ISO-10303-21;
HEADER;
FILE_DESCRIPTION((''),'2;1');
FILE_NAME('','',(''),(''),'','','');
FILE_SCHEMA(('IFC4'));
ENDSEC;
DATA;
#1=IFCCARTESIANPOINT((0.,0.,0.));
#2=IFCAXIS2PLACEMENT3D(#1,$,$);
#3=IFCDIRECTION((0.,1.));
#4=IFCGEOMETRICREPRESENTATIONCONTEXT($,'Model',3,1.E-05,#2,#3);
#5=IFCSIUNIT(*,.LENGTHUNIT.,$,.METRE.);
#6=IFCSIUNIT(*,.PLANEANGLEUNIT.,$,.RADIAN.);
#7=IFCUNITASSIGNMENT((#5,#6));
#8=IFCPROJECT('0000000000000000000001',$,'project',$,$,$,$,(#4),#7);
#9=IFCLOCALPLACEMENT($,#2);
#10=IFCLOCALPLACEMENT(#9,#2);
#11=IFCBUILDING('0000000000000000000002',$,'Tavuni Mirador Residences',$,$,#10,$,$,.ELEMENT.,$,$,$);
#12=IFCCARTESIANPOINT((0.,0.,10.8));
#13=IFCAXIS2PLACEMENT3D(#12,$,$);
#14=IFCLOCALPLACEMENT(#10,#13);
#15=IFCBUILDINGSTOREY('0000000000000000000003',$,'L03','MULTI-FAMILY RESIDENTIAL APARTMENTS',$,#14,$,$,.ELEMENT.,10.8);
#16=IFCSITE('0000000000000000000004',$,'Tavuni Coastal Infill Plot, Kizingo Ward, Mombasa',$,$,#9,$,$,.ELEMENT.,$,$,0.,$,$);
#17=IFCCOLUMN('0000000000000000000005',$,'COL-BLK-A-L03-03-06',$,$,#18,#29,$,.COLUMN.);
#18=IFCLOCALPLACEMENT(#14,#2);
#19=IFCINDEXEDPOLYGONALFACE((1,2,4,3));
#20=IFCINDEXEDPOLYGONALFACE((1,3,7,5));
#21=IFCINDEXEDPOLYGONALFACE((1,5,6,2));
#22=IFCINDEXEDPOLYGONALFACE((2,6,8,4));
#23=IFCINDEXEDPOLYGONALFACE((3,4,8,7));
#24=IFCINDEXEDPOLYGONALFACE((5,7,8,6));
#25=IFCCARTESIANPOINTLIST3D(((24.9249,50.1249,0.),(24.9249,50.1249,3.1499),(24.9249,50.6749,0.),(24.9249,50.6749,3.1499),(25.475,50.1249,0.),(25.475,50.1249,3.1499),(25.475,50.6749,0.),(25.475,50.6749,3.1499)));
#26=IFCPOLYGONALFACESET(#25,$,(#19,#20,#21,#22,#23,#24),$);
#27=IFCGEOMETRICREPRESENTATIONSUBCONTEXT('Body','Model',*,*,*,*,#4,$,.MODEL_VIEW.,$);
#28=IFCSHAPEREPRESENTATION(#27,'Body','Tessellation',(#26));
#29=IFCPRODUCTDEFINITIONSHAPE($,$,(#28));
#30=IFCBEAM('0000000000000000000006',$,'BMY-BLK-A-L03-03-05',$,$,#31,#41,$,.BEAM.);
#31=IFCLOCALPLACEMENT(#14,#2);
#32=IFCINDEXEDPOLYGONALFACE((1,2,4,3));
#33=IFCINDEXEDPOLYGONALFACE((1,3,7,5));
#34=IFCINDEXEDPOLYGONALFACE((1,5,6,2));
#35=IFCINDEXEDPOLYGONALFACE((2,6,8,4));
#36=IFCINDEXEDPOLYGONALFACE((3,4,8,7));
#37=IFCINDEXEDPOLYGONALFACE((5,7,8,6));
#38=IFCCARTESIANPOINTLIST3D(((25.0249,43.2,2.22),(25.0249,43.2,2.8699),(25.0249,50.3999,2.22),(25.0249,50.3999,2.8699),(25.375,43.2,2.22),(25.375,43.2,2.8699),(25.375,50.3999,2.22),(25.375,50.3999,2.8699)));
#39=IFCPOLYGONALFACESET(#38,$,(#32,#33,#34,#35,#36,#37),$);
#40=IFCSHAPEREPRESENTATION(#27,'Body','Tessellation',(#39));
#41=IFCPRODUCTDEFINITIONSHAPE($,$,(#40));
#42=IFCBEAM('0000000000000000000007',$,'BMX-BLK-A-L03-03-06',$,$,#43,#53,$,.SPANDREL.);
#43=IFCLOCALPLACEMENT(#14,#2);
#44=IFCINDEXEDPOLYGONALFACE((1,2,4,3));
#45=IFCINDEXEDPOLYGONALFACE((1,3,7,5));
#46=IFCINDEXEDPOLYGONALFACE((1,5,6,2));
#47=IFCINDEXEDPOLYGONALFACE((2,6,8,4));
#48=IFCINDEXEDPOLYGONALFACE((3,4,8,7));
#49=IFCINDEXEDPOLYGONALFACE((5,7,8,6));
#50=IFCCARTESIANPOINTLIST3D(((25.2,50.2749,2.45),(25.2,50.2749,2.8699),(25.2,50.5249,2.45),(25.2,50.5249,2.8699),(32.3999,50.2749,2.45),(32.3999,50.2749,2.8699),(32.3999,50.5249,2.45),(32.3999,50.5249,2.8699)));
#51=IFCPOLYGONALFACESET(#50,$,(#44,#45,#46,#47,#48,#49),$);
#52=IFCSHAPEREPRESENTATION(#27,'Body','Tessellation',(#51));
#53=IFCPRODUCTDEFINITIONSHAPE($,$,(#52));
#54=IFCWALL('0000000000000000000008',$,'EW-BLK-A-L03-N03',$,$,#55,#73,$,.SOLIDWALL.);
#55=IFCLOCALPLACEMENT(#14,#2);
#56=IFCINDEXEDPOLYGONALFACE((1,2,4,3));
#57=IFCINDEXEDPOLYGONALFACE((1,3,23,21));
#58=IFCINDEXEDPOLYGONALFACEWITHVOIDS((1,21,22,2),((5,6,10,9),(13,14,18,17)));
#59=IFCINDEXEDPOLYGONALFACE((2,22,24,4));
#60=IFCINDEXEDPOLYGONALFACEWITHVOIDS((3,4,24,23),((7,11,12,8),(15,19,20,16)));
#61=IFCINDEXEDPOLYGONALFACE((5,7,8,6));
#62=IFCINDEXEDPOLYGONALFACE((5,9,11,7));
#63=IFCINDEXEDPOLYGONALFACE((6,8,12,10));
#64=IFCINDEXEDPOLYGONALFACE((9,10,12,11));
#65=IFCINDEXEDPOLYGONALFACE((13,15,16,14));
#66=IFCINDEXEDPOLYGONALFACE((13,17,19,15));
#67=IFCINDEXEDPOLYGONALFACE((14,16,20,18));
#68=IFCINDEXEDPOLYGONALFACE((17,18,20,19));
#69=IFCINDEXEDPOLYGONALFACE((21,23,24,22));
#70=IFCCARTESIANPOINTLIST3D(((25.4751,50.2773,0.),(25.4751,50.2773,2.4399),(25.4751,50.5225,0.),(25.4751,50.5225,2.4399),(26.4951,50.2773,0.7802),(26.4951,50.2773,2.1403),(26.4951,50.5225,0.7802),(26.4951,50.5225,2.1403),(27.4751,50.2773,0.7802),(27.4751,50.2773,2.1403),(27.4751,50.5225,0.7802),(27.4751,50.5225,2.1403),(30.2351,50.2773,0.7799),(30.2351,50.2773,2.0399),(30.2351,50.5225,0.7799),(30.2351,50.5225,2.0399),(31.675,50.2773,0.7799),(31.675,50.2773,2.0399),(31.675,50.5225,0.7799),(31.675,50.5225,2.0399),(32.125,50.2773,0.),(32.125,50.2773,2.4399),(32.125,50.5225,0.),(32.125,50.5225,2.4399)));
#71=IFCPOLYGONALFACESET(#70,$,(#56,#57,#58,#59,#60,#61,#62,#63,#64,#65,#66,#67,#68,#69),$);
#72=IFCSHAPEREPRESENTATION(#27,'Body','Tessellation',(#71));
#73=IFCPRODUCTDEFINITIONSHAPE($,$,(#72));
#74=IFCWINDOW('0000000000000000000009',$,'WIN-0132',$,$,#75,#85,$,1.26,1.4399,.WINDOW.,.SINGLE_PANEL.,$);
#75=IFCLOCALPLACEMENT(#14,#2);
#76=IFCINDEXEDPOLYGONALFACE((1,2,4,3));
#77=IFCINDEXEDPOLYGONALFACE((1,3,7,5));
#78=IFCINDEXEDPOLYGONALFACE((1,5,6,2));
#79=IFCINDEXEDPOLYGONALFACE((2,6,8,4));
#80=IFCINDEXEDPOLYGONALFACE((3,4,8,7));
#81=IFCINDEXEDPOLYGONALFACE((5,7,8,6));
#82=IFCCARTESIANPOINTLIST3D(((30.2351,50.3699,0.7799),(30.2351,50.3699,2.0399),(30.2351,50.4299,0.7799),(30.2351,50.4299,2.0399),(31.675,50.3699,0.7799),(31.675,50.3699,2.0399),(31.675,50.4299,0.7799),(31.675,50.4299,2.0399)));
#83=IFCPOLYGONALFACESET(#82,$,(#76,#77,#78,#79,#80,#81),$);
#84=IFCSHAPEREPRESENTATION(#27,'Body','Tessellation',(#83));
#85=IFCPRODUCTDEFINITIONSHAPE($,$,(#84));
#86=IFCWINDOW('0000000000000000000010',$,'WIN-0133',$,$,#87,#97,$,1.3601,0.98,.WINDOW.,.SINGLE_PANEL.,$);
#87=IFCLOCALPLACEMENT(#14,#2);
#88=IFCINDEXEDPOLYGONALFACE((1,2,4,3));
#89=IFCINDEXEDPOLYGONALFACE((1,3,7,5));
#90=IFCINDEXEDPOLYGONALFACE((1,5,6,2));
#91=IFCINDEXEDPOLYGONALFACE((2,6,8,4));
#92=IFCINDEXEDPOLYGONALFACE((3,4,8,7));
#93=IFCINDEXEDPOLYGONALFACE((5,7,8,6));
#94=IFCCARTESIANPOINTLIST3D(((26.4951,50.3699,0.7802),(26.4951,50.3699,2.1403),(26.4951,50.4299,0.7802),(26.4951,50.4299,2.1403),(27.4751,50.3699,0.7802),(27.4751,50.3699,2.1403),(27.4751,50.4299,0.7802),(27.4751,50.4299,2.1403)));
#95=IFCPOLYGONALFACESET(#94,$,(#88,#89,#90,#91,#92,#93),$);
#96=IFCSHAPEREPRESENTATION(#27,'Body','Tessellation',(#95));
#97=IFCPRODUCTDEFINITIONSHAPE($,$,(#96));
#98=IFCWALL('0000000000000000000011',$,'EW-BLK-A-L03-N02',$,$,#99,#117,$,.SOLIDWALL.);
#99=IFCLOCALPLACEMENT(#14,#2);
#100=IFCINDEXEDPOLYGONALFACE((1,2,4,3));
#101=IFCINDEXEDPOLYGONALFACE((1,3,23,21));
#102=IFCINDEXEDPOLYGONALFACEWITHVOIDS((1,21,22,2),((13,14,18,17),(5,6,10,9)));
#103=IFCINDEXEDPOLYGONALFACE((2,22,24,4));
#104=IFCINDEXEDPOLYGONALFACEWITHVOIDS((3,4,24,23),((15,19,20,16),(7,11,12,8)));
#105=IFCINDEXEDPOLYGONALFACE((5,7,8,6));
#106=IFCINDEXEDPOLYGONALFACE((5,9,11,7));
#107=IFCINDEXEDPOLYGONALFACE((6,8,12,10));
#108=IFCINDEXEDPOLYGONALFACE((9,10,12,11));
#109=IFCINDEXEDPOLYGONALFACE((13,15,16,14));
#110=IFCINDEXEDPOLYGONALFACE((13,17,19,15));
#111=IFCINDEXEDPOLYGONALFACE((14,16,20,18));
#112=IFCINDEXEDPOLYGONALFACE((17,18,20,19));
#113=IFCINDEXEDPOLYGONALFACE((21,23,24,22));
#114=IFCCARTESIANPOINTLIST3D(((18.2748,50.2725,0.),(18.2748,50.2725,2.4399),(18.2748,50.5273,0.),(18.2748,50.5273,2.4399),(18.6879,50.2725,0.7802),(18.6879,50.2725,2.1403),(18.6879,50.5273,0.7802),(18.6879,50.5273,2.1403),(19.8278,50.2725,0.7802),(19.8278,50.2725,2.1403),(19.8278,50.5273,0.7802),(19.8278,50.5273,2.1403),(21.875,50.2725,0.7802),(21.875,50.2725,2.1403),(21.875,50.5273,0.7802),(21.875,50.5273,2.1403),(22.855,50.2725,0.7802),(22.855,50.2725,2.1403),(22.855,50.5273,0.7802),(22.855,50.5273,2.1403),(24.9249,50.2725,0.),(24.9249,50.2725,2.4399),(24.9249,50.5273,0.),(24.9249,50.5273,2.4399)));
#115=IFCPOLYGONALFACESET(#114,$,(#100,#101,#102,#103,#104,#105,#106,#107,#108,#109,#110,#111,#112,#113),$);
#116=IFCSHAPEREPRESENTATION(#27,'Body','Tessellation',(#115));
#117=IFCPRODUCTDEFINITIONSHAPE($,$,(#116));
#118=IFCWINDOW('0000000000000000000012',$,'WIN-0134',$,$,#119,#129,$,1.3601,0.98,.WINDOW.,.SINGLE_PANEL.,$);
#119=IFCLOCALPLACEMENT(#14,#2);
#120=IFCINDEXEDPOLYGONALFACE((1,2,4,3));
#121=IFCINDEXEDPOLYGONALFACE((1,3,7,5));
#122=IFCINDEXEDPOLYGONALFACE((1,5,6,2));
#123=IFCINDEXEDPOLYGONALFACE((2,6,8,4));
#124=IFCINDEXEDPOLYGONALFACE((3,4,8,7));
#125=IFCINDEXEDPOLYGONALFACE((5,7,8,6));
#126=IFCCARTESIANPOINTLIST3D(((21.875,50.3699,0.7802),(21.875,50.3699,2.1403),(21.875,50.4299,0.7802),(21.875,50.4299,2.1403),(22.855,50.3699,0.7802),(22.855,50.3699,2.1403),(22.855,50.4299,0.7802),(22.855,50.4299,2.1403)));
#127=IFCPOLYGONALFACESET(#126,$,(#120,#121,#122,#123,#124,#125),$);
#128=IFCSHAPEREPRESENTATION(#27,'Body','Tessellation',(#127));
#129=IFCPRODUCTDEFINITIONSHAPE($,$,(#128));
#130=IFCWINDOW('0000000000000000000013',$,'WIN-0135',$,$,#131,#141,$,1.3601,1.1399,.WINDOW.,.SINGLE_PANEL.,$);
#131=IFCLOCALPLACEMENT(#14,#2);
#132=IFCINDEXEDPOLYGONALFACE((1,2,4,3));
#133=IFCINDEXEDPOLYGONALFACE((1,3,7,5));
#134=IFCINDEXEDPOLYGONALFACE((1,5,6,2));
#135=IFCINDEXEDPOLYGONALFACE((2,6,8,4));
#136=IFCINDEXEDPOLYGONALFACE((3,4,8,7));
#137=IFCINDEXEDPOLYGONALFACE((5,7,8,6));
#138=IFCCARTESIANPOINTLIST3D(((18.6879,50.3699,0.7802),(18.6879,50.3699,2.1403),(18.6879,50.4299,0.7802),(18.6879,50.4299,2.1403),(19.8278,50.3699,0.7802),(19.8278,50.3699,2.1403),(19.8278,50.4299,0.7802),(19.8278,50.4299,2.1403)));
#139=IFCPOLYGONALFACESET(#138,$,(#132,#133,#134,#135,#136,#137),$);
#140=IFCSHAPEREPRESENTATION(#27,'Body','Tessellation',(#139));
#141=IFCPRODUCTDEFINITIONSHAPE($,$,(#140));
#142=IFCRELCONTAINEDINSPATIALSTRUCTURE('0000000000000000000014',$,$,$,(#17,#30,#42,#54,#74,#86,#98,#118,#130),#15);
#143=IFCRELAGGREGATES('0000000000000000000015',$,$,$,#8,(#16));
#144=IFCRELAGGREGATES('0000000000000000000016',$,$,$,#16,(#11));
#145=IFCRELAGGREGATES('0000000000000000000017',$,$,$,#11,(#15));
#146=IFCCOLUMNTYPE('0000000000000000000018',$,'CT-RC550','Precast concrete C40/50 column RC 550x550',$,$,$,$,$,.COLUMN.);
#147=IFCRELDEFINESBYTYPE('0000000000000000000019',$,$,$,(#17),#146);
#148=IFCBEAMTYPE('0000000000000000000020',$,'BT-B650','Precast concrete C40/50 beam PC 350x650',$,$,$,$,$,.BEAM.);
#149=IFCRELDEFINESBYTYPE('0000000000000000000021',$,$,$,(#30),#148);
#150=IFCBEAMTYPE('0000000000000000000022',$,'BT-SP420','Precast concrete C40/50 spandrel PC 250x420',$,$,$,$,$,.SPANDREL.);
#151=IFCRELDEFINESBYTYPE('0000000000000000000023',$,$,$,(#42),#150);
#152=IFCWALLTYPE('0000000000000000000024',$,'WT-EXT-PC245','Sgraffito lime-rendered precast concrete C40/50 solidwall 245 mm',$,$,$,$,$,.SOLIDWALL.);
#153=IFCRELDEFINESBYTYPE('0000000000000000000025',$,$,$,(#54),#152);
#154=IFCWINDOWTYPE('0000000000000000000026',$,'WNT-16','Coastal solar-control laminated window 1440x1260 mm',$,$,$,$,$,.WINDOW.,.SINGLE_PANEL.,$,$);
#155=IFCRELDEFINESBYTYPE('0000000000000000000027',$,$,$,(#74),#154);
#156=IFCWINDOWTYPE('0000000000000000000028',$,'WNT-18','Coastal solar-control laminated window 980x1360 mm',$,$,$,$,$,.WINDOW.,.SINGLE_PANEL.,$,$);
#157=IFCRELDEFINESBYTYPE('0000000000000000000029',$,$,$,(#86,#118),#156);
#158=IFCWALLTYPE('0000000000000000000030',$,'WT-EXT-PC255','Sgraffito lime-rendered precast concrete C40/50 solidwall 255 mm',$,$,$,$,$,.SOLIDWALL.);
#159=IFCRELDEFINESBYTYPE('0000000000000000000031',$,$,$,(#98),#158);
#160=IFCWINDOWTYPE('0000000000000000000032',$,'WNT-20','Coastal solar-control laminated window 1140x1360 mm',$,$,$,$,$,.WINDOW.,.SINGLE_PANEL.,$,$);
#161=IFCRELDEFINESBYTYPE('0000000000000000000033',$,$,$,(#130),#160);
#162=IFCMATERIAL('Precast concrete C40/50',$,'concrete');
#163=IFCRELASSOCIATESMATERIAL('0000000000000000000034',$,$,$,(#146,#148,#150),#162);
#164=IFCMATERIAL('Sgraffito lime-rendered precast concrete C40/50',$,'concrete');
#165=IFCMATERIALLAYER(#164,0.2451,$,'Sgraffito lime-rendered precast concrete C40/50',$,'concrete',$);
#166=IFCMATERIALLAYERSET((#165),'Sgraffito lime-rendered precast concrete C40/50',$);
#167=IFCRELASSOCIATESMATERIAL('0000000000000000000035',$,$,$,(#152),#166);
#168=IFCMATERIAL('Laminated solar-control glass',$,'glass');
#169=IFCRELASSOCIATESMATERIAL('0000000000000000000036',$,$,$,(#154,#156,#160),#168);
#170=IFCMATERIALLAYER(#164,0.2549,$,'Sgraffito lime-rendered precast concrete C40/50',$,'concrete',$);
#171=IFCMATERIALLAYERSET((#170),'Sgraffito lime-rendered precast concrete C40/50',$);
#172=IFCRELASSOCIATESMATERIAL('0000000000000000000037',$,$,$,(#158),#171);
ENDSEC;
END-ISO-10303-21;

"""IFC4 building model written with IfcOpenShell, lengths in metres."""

from ifc_helpers import new_model, si_unit, direction, frame, frame_2d, origin, origin_2d, place, context, subcontext, project, spatial, rectangle, extrude, material, layer, layer_set, material_profile, profile_set, type_object, element, fill, save


model = new_model("IFC4")

# Units and contexts
model_context = context("Model", 3, precision=1e-05, world=origin(), true_north=direction((0.0, 1.0)))
body_context = subcontext(model_context, "Body", "Model", "MODEL_VIEW")
ifc_project = project(units=[si_unit("LENGTHUNIT", "METRE"), si_unit("PLANEANGLEUNIT", "RADIAN")], contexts=[model_context])

# Site, building, storey
site_placement = place(None, origin())
site = spatial("IfcSite", under=ifc_project, at=site_placement, Name="Tavuni Coastal Infill Plot, Kizingo Ward, Mombasa", CompositionType="ELEMENT", RefElevation=0.0)
building_placement = place(site_placement, origin())
building = spatial("IfcBuilding", under=site, at=building_placement, Name="Tavuni Mirador Residences", CompositionType="ELEMENT")
storey_placement = place(building_placement, frame((0.0, 0.0, 10.8)))
storey = spatial("IfcBuildingStorey", under=building, at=storey_placement, Name="L03", Description="MULTI-FAMILY RESIDENTIAL APARTMENTS", CompositionType="ELEMENT", Elevation=10.8)

# Column
ifc_material_1 = material(Name="Precast concrete C40/50", Category="concrete")
ifc_material_profile_1 = material_profile(ifc_material_1, rectangle(XDim=0.55, YDim=0.55, at=origin_2d()), Name="RC 550x550", Category="concrete")
ifc_profile_set_1 = profile_set([ifc_material_profile_1], Name="Precast concrete C40/50")
column_type = type_object("IfcColumnType", Name="CT-RC550", Description="Precast concrete C40/50 column RC 550x550", PredefinedType="COLUMN", material=ifc_profile_set_1)
column_placement = place(storey_placement, frame((25.2, 50.3999, 0.0), z_axis=(0.0, 0.0, 1.0), x_axis=(1.0, 0.0, 0.0)))
element("IfcColumn", 1, at=column_placement, inside=storey, type_object=column_type, Name="COL-BLK-A-L03-03-06", PredefinedType="COLUMN", context=body_context, shape_type="SweptSolid", body=[
    extrude(rectangle(XDim=0.55, YDim=0.55, at=origin_2d()), origin(), (0.0, 0.0, 1.0), 3.1499),
])

# Beams
ifc_material_profile_2 = material_profile(ifc_material_1, rectangle(XDim=0.3501, YDim=0.6499, at=origin_2d()), Name="PC 350x650", Category="concrete")
ifc_profile_set_2 = profile_set([ifc_material_profile_2], Name="Precast concrete C40/50")
beam_type_1 = type_object("IfcBeamType", Name="BT-B650", Description="Precast concrete C40/50 beam PC 350x650", PredefinedType="BEAM", material=ifc_profile_set_2)
beam_1_placement = place(storey_placement, frame((25.2, 43.2, 2.5449), z_axis=(0.0, 1.0, 0.0), x_axis=(-1.0, 0.0, 0.0)))
element("IfcBeam", 2, at=beam_1_placement, inside=storey, type_object=beam_type_1, Name="BMY-BLK-A-L03-03-05", PredefinedType="BEAM", context=body_context, shape_type="SweptSolid", body=[
    extrude(rectangle(XDim=0.3501, YDim=0.6499, at=origin_2d()), origin(), (0.0, 0.0, 1.0), 7.2),
])
ifc_material_profile_3 = material_profile(ifc_material_1, rectangle(XDim=0.25, YDim=0.4199, at=origin_2d()), Name="PC 250x420", Category="concrete")
ifc_profile_set_3 = profile_set([ifc_material_profile_3], Name="Precast concrete C40/50")
beam_type_2 = type_object("IfcBeamType", Name="BT-SP420", Description="Precast concrete C40/50 spandrel PC 250x420", PredefinedType="SPANDREL", material=ifc_profile_set_3)
beam_2_placement = place(storey_placement, frame((25.2, 50.3999, 2.6599), z_axis=(1.0, 0.0, 0.0), x_axis=(0.0, 1.0, 0.0)))
element("IfcBeam", 3, at=beam_2_placement, inside=storey, type_object=beam_type_2, Name="BMX-BLK-A-L03-03-06", PredefinedType="SPANDREL", context=body_context, shape_type="SweptSolid", body=[
    extrude(rectangle(XDim=0.25, YDim=0.4199, at=origin_2d()), origin(), (0.0, 0.0, 1.0), 7.2),
])

# Walls, openings, windows
ifc_material_2 = material(Name="Sgraffito lime-rendered precast concrete C40/50", Category="concrete")
ifc_layer_1 = layer(ifc_material_2, 0.2451, Name="Sgraffito lime-rendered precast concrete C40/50", Category="concrete")
ifc_layer_set_1 = layer_set([ifc_layer_1], Name="Sgraffito lime-rendered precast concrete C40/50")
wall_type_1 = type_object("IfcWallType", Name="WT-EXT-PC245", Description="Sgraffito lime-rendered precast concrete C40/50 solidwall 245 mm", PredefinedType="SOLIDWALL", material=ifc_layer_set_1)
wall_1_placement = place(storey_placement, frame((32.125, 50.3999, 0.0), z_axis=(0.0, 0.0, 1.0), x_axis=(-1.0, 0.0, 0.0)))
wall_1 = element("IfcWall", 4, at=wall_1_placement, inside=storey, type_object=wall_type_1, Name="EW-BLK-A-L03-N03", PredefinedType="SOLIDWALL", context=body_context, shape_type="SweptSolid", body=[
    extrude(rectangle(XDim=6.6499, YDim=0.2451, at=frame_2d((3.325, 0.0))), origin(), (0.0, 0.0, 1.0), 2.4399),
])
opening_1_placement = place(wall_1_placement, frame((0.45, 0.0, 0.78)))
opening_1 = element("IfcOpeningElement", 5, at=opening_1_placement, cuts=wall_1, PredefinedType="OPENING", context=body_context, shape_type="SweptSolid", body=[
    extrude(rectangle(XDim=1.4399, YDim=1.26, at=frame_2d((0.72, 0.6299))), frame((0.0, 0.1326, 0.0), z_axis=(0.0, -1.0, 0.0), x_axis=(1.0, 0.0, 0.0)), (0.0, 0.0, 1.0), 0.2651),
])
opening_2_placement = place(wall_1_placement, frame((4.6499, 0.0, 0.78)))
opening_2 = element("IfcOpeningElement", 6, at=opening_2_placement, cuts=wall_1, PredefinedType="OPENING", context=body_context, shape_type="SweptSolid", body=[
    extrude(rectangle(XDim=0.98, YDim=1.3601, at=frame_2d((0.49, 0.6802))), frame((0.0, 0.1326, 0.0), z_axis=(0.0, -1.0, 0.0), x_axis=(1.0, 0.0, 0.0)), (0.0, 0.0, 1.0), 0.2651),
])
ifc_material_3 = material(Name="Laminated solar-control glass", Category="glass")
window_type_1 = type_object("IfcWindowType", Name="WNT-16", Description="Coastal solar-control laminated window 1440x1260 mm", PartitioningType="SINGLE_PANEL", PredefinedType="WINDOW", material=ifc_material_3)
window_1_placement = place(opening_1_placement, origin())
window_1 = element("IfcWindow", 7, at=window_1_placement, inside=storey, type_object=window_type_1, Name="WIN-0132", OverallHeight=1.26, OverallWidth=1.4399, PartitioningType="SINGLE_PANEL", PredefinedType="WINDOW", context=body_context, shape_type="SweptSolid", body=[
    extrude(rectangle(XDim=1.4399, YDim=1.26, at=frame_2d((0.72, 0.6299))), frame((0.0, 0.03, 0.0), z_axis=(0.0, -1.0, 0.0), x_axis=(1.0, 0.0, 0.0)), (0.0, 0.0, 1.0), 0.0601),
])
fill(opening_1, window_1)
window_type_2 = type_object("IfcWindowType", Name="WNT-18", Description="Coastal solar-control laminated window 980x1360 mm", PartitioningType="SINGLE_PANEL", PredefinedType="WINDOW", material=ifc_material_3)
window_2_placement = place(opening_2_placement, origin())
window_2 = element("IfcWindow", 8, at=window_2_placement, inside=storey, type_object=window_type_2, Name="WIN-0133", OverallHeight=1.3601, OverallWidth=0.98, PartitioningType="SINGLE_PANEL", PredefinedType="WINDOW", context=body_context, shape_type="SweptSolid", body=[
    extrude(rectangle(XDim=0.98, YDim=1.3601, at=frame_2d((0.49, 0.6802))), frame((0.0, 0.03, 0.0), z_axis=(0.0, -1.0, 0.0), x_axis=(1.0, 0.0, 0.0)), (0.0, 0.0, 1.0), 0.0601),
])
fill(opening_2, window_2)
ifc_layer_2 = layer(ifc_material_2, 0.2549, Name="Sgraffito lime-rendered precast concrete C40/50", Category="concrete")
ifc_layer_set_2 = layer_set([ifc_layer_2], Name="Sgraffito lime-rendered precast concrete C40/50")
wall_type_2 = type_object("IfcWallType", Name="WT-EXT-PC255", Description="Sgraffito lime-rendered precast concrete C40/50 solidwall 255 mm", PredefinedType="SOLIDWALL", material=ifc_layer_set_2)
wall_2_placement = place(storey_placement, frame((24.925, 50.3999, 0.0), z_axis=(0.0, 0.0, 1.0), x_axis=(-1.0, 0.0, 0.0)))
wall_2 = element("IfcWall", 9, at=wall_2_placement, inside=storey, type_object=wall_type_2, Name="EW-BLK-A-L03-N02", PredefinedType="SOLIDWALL", context=body_context, shape_type="SweptSolid", body=[
    extrude(rectangle(XDim=6.6501, YDim=0.2549, at=frame_2d((3.3252, 0.0))), origin(), (0.0, 0.0, 1.0), 2.4399),
])
opening_3_placement = place(wall_2_placement, frame((2.0701, 0.0, 0.78)))
opening_3 = element("IfcOpeningElement", 10, at=opening_3_placement, cuts=wall_2, PredefinedType="OPENING", context=body_context, shape_type="SweptSolid", body=[
    extrude(rectangle(XDim=0.98, YDim=1.3601, at=frame_2d((0.49, 0.6802))), frame((0.0, 0.1375, 0.0), z_axis=(0.0, -1.0, 0.0), x_axis=(1.0, 0.0, 0.0)), (0.0, 0.0, 1.0), 0.2749),
])
opening_4_placement = place(wall_2_placement, frame((5.0974, 0.0, 0.78)))
opening_4 = element("IfcOpeningElement", 11, at=opening_4_placement, cuts=wall_2, PredefinedType="OPENING", context=body_context, shape_type="SweptSolid", body=[
    extrude(rectangle(XDim=1.1399, YDim=1.3601, at=frame_2d((0.5698, 0.6802))), frame((0.0, 0.1375, 0.0), z_axis=(0.0, -1.0, 0.0), x_axis=(1.0, 0.0, 0.0)), (0.0, 0.0, 1.0), 0.2749),
])
window_3_placement = place(opening_3_placement, origin())
window_3 = element("IfcWindow", 12, at=window_3_placement, inside=storey, type_object=window_type_2, Name="WIN-0134", OverallHeight=1.3601, OverallWidth=0.98, PartitioningType="SINGLE_PANEL", PredefinedType="WINDOW", context=body_context, shape_type="SweptSolid", body=[
    extrude(rectangle(XDim=0.98, YDim=1.3601, at=frame_2d((0.49, 0.6802))), frame((0.0, 0.03, 0.0), z_axis=(0.0, -1.0, 0.0), x_axis=(1.0, 0.0, 0.0)), (0.0, 0.0, 1.0), 0.0601),
])
fill(opening_3, window_3)
window_type_3 = type_object("IfcWindowType", Name="WNT-20", Description="Coastal solar-control laminated window 1140x1360 mm", PartitioningType="SINGLE_PANEL", PredefinedType="WINDOW", material=ifc_material_3)
window_4_placement = place(opening_4_placement, origin())
window_4 = element("IfcWindow", 13, at=window_4_placement, inside=storey, type_object=window_type_3, Name="WIN-0135", OverallHeight=1.3601, OverallWidth=1.1399, PartitioningType="SINGLE_PANEL", PredefinedType="WINDOW", context=body_context, shape_type="SweptSolid", body=[
    extrude(rectangle(XDim=1.1399, YDim=1.3601, at=frame_2d((0.5698, 0.6802))), frame((0.0, 0.03, 0.0), z_axis=(0.0, -1.0, 0.0), x_axis=(1.0, 0.0, 0.0)), (0.0, 0.0, 1.0), 0.0601),
])
fill(opening_4, window_4)

save(model, "model.ifc")
